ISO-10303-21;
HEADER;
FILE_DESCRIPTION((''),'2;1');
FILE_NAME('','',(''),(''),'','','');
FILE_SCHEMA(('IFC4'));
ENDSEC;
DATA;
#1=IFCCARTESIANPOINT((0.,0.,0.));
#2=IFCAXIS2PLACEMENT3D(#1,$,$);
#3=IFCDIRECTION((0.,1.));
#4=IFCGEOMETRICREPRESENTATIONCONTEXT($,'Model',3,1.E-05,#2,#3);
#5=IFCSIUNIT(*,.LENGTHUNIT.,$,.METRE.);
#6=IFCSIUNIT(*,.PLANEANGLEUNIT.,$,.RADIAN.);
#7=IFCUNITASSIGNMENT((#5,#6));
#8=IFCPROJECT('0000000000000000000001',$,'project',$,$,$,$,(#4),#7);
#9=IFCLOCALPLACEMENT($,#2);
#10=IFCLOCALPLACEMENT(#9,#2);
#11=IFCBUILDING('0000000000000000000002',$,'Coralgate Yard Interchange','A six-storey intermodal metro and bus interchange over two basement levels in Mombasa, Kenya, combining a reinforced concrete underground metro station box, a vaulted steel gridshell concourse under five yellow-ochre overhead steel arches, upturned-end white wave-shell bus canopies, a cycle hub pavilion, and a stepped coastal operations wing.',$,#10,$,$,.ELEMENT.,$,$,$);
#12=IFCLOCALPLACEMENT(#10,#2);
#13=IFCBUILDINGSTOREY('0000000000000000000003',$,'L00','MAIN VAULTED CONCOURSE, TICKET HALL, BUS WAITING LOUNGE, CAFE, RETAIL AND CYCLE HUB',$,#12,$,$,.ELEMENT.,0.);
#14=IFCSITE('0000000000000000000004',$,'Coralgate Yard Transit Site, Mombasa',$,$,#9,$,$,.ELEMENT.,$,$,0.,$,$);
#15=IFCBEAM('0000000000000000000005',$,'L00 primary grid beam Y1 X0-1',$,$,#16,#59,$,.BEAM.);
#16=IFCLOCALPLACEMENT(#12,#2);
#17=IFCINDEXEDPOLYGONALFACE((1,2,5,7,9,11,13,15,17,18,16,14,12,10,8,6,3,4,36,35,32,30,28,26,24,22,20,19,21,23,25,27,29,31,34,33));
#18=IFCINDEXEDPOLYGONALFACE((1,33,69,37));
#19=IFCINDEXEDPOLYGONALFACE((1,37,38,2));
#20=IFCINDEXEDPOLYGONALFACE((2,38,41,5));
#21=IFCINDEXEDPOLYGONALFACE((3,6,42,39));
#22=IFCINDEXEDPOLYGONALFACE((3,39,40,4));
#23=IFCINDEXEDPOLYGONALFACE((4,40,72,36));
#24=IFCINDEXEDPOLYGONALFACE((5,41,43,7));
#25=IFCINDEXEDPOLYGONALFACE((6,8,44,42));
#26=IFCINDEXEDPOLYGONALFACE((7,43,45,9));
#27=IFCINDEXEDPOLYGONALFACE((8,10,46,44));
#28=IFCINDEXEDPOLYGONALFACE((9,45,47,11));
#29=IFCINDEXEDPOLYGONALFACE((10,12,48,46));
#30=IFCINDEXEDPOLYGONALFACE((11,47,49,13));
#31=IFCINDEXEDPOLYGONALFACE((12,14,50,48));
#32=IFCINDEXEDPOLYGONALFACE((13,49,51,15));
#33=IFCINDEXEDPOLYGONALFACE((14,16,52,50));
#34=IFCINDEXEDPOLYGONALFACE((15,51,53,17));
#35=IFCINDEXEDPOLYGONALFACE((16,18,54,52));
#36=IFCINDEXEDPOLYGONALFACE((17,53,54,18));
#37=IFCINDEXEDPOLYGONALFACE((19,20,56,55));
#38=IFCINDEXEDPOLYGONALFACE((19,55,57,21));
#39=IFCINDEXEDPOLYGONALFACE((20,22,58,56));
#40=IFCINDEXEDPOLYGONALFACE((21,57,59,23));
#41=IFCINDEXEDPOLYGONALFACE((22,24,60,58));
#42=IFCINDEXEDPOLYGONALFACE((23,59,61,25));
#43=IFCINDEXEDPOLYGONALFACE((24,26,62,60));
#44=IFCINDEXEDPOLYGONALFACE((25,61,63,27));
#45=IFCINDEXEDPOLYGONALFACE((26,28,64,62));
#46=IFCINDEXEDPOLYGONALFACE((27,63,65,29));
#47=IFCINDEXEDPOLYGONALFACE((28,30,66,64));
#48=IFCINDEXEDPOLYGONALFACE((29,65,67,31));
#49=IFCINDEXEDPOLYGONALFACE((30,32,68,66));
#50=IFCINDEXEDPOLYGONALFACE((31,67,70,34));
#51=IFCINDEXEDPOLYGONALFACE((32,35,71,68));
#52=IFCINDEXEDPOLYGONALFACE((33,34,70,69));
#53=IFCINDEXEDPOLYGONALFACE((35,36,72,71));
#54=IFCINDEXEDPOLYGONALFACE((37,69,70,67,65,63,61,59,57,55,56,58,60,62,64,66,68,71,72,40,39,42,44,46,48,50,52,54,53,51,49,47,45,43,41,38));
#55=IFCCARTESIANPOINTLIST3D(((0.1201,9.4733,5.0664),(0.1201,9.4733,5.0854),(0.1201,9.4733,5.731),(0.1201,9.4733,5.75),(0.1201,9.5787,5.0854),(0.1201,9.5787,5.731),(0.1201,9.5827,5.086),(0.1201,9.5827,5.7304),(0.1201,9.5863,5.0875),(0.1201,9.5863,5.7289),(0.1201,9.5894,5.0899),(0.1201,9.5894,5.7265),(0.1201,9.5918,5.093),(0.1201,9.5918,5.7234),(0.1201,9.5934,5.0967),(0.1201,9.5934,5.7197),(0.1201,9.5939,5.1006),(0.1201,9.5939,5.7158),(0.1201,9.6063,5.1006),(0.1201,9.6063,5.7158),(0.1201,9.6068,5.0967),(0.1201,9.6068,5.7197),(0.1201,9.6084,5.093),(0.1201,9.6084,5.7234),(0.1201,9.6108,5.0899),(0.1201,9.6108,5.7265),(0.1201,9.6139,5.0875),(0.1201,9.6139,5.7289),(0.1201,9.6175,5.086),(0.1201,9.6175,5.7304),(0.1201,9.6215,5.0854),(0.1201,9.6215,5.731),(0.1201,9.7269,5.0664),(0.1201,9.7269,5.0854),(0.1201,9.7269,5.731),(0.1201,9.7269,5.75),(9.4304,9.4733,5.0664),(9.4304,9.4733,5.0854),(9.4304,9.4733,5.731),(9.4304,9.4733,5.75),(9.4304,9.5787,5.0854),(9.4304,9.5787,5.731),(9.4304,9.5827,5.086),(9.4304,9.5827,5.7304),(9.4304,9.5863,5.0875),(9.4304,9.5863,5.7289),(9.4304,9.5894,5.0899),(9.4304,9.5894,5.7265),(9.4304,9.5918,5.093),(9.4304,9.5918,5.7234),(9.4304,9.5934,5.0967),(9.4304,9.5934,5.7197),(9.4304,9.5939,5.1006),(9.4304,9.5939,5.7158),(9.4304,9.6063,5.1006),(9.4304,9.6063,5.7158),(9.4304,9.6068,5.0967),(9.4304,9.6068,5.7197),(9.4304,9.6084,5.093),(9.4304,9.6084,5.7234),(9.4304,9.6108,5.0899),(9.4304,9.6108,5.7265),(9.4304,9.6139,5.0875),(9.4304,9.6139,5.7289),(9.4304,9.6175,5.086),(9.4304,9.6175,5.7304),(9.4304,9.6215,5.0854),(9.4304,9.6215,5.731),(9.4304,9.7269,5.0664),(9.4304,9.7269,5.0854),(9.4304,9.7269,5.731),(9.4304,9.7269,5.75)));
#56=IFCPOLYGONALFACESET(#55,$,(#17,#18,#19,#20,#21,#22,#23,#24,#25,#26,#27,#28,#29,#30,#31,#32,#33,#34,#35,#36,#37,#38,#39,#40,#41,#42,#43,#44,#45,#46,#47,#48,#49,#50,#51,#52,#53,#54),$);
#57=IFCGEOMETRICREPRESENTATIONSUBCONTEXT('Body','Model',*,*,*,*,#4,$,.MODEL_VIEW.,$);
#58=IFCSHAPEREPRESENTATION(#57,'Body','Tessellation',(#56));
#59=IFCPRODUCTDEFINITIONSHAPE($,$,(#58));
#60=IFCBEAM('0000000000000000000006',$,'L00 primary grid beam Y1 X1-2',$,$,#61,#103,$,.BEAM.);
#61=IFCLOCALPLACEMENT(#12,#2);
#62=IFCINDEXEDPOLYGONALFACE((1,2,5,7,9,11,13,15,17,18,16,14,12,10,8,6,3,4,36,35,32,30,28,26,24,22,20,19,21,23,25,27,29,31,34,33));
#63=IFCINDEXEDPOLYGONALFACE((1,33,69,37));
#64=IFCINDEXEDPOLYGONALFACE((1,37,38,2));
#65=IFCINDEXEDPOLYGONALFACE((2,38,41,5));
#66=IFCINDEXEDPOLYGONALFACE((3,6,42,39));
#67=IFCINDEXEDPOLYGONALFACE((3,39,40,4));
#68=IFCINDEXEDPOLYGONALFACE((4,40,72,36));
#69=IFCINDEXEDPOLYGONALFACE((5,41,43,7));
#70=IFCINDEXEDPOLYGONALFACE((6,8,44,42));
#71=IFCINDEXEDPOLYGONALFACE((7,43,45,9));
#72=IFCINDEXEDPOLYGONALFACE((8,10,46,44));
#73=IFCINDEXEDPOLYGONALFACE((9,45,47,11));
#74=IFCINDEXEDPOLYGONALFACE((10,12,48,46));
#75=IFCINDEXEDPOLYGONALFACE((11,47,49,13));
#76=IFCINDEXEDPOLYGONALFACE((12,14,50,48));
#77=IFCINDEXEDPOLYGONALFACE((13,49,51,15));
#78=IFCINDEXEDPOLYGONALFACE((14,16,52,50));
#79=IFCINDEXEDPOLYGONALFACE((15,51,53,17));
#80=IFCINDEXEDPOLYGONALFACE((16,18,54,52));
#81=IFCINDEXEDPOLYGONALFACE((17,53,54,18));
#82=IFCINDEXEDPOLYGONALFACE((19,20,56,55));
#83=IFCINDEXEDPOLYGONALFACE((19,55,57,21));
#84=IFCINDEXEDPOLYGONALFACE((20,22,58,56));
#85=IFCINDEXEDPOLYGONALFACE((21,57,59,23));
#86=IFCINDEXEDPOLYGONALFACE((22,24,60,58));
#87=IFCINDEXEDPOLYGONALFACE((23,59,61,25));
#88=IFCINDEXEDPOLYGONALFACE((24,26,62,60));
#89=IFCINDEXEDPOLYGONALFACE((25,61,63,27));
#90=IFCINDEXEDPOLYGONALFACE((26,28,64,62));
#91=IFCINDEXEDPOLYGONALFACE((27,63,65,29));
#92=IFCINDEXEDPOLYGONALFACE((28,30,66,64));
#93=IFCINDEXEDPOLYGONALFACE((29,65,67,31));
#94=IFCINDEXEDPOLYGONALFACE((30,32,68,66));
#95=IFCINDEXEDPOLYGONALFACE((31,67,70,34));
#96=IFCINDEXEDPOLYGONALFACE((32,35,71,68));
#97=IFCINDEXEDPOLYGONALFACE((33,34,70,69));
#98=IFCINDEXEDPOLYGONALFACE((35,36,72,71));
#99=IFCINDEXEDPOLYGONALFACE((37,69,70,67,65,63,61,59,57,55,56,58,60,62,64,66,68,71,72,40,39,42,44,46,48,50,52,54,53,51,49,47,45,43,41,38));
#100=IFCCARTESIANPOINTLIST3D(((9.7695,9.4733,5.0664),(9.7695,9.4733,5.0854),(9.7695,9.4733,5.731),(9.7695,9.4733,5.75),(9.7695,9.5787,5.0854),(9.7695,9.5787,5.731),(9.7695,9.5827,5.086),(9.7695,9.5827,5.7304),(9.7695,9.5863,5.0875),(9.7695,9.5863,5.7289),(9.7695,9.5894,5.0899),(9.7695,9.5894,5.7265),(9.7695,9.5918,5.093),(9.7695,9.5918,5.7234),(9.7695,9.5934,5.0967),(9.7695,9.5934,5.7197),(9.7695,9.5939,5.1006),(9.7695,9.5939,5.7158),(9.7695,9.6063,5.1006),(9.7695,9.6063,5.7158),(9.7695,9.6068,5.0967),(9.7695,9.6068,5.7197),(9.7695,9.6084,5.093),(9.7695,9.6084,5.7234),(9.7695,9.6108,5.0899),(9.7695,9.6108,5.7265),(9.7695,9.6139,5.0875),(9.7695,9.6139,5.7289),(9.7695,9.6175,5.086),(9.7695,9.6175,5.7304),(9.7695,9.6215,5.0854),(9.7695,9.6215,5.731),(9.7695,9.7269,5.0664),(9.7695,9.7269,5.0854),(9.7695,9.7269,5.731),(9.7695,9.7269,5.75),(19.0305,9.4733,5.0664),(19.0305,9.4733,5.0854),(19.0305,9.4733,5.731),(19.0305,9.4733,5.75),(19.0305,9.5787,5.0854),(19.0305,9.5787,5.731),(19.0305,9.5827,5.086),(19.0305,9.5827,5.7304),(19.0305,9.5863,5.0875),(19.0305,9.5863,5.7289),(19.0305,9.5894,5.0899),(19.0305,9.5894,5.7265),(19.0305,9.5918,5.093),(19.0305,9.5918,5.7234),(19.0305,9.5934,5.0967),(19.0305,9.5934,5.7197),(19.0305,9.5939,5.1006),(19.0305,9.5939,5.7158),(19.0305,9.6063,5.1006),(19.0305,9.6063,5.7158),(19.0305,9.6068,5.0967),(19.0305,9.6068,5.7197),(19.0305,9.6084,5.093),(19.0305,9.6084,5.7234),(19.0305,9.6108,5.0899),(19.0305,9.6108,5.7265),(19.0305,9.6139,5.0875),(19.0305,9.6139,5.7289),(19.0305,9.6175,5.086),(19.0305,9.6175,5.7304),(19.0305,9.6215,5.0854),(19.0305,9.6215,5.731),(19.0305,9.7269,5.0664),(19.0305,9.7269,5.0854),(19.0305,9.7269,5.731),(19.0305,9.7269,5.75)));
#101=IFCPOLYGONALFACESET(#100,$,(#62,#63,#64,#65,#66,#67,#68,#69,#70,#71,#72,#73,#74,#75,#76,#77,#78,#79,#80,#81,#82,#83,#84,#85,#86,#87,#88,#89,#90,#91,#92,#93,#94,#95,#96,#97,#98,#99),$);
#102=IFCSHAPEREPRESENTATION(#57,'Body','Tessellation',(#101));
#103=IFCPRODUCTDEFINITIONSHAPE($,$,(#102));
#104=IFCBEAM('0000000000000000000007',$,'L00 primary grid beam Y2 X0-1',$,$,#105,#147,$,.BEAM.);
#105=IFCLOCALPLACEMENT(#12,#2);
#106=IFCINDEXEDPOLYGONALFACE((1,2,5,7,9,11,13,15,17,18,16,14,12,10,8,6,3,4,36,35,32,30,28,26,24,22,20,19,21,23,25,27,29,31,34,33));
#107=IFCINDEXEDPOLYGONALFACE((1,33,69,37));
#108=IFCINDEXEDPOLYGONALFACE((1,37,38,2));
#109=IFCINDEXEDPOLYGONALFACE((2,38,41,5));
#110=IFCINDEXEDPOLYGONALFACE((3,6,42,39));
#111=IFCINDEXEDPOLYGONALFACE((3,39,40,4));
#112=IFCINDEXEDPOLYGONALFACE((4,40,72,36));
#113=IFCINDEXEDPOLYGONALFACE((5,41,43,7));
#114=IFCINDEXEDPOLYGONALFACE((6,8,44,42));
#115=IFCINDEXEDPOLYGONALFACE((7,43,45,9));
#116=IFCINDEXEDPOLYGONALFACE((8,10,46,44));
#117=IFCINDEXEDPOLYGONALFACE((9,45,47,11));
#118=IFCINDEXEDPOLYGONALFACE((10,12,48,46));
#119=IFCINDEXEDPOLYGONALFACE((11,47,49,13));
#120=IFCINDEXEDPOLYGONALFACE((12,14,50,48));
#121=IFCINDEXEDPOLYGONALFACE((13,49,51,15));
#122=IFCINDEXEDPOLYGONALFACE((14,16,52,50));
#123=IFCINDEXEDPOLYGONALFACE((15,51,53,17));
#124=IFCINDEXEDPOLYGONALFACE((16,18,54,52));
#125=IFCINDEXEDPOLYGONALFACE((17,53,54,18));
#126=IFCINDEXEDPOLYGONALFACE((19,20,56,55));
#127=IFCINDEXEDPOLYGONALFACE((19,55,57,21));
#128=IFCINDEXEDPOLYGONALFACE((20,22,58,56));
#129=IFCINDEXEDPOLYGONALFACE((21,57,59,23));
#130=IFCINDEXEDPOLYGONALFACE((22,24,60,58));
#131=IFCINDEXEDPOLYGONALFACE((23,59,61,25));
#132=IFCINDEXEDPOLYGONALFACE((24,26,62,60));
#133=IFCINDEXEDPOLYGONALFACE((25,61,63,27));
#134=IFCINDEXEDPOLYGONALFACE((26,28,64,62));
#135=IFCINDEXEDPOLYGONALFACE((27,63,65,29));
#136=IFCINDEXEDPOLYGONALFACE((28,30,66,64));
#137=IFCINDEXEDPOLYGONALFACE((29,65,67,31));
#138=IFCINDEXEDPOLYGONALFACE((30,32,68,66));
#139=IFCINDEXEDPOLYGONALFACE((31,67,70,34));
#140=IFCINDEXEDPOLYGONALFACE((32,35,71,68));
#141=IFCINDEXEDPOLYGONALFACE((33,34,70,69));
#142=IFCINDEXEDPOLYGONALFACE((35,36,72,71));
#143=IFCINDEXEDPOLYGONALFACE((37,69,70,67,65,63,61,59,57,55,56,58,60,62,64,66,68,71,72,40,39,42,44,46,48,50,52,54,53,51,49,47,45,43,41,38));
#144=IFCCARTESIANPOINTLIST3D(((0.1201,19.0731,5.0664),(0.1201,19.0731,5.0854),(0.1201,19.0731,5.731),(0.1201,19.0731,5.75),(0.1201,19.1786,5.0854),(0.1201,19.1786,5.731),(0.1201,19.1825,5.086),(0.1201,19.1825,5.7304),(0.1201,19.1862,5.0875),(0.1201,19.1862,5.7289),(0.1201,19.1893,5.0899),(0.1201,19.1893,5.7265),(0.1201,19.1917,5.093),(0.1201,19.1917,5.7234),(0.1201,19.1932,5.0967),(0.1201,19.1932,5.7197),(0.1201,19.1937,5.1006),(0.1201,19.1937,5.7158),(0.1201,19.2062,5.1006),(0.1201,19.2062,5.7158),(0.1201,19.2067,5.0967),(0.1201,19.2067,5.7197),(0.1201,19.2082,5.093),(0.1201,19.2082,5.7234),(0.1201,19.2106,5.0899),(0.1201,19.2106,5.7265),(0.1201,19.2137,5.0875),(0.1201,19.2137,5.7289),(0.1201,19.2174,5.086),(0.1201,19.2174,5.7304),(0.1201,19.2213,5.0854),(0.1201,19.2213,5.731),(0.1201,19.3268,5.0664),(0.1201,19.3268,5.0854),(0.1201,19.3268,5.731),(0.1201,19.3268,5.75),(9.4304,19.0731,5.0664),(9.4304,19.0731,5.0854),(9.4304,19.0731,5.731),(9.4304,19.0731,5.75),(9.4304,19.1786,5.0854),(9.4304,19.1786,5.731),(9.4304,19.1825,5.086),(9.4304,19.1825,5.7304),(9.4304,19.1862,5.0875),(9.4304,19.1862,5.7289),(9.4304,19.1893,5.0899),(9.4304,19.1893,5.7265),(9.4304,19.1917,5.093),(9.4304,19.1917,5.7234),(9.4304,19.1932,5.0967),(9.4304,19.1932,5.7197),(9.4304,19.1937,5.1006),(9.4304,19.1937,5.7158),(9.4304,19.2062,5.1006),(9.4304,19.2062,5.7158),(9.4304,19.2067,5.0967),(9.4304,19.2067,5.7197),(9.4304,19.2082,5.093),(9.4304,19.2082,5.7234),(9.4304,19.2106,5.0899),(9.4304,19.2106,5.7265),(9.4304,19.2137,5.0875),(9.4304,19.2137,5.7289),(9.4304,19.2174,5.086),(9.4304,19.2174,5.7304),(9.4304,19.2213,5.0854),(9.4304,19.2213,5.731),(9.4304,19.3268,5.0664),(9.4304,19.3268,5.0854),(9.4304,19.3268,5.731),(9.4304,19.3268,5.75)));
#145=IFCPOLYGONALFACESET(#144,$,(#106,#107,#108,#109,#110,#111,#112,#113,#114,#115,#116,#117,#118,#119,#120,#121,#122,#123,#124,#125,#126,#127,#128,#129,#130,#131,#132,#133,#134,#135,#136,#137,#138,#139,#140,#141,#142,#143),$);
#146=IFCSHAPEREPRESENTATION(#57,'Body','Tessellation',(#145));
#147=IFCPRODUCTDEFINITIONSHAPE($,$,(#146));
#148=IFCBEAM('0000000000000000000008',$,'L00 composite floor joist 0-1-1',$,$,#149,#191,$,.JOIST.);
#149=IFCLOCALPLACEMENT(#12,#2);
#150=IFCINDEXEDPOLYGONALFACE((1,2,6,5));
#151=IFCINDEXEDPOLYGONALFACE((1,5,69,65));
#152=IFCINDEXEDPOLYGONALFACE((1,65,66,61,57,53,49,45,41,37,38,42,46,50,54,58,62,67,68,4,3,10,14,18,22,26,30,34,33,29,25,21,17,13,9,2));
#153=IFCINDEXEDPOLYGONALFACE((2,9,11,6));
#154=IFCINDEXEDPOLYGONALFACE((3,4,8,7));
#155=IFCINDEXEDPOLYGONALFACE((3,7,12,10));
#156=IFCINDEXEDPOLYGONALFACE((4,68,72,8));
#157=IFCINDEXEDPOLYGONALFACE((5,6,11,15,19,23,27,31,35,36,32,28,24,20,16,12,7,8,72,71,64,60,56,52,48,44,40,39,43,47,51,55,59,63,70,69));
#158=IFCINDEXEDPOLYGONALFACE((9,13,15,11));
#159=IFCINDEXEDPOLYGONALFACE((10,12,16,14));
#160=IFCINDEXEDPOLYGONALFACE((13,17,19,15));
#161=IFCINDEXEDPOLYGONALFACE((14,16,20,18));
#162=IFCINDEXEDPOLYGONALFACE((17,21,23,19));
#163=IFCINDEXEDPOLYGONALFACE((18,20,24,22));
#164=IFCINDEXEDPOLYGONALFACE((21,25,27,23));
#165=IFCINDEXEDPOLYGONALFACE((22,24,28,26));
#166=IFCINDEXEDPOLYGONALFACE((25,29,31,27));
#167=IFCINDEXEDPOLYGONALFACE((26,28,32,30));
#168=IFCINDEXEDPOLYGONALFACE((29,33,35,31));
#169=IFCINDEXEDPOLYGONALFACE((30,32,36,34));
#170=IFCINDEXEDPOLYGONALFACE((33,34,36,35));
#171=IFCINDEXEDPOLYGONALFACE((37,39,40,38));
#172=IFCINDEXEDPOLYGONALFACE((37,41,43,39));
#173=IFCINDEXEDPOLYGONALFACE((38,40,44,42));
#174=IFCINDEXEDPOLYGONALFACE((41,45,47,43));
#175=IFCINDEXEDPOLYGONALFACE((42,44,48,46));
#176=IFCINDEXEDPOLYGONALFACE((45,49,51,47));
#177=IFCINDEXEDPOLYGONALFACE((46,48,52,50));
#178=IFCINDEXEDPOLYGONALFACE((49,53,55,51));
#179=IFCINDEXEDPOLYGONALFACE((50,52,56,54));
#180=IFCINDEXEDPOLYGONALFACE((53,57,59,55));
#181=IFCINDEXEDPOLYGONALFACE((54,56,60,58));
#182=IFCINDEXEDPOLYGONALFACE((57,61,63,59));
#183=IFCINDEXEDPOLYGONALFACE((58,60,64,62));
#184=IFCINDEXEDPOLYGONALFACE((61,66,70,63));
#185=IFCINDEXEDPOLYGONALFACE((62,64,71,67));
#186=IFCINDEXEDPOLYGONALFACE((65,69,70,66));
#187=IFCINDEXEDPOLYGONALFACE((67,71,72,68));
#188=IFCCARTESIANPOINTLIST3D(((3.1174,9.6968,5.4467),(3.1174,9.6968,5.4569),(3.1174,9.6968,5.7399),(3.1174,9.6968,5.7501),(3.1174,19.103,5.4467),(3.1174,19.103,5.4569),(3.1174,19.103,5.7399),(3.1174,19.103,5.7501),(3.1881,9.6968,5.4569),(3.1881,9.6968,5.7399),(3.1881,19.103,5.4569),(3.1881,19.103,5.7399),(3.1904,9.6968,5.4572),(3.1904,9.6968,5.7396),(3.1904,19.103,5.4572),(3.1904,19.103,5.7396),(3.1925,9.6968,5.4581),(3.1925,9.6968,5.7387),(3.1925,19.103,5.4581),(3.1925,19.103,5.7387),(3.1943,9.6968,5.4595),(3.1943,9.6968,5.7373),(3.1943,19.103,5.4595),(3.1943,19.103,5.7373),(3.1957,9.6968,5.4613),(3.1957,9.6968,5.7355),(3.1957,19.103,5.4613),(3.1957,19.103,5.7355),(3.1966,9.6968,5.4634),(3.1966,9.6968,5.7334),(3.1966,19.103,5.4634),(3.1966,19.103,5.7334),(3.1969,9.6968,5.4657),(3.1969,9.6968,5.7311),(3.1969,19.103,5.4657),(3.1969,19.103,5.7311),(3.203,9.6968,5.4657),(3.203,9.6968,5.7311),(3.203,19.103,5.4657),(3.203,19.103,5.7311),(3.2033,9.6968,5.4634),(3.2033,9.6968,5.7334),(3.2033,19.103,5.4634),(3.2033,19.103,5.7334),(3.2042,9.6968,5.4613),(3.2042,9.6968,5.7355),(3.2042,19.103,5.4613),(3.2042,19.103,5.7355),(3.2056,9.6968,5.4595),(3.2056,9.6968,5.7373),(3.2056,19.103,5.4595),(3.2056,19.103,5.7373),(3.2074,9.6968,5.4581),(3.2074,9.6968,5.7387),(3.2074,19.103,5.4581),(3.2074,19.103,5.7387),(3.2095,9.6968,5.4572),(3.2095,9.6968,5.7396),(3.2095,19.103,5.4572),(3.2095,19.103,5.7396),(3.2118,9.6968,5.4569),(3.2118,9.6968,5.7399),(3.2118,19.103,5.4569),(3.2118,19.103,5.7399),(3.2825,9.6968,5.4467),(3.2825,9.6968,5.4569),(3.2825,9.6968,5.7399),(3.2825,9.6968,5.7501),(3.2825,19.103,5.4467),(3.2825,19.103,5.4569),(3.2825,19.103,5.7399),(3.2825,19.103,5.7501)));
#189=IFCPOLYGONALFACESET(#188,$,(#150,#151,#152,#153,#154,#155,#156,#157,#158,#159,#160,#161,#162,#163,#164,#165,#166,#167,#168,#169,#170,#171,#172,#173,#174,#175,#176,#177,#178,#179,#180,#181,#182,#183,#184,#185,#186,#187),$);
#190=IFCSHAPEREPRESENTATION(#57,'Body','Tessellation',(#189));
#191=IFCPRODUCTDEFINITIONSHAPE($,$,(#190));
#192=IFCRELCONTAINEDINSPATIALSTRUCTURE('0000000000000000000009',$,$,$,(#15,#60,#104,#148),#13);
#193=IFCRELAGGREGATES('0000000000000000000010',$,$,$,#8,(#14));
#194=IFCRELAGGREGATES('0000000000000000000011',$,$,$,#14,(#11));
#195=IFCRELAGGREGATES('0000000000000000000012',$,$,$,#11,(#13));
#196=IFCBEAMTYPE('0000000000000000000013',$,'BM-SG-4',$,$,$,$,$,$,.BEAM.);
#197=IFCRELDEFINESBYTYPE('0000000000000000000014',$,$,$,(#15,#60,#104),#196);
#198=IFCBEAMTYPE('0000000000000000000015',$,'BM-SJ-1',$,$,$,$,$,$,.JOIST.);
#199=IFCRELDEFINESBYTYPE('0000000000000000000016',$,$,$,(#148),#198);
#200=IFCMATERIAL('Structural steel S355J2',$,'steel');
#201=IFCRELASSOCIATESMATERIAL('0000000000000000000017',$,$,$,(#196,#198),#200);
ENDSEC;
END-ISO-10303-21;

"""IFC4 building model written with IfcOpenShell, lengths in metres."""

from ifc_helpers import new_model, si_unit, direction, frame, origin, origin_2d, place, context, subcontext, project, spatial, i_section, extrude, material, material_profile, profile_set, type_object, element, save


model = new_model("IFC4")

# Units and contexts
model_context = context("Model", 3, precision=1e-05, world=origin(), true_north=direction((0.0, 1.0)))
body_context = subcontext(model_context, "Body", "Model", "MODEL_VIEW")
ifc_project = project(units=[si_unit("LENGTHUNIT", "METRE"), si_unit("PLANEANGLEUNIT", "RADIAN")], contexts=[model_context])

# Site, building, storey
site_placement = place(None, origin())
site = spatial("IfcSite", under=ifc_project, at=site_placement, Name="Coralgate Yard Transit Site, Mombasa", CompositionType="ELEMENT", RefElevation=0.0)
building_placement = place(site_placement, origin())
building = spatial("IfcBuilding", under=site, at=building_placement, Name="Coralgate Yard Interchange", Description="A six-storey intermodal metro and bus interchange over two basement levels in Mombasa, Kenya, combining a reinforced concrete underground metro station box, a vaulted steel gridshell concourse under five yellow-ochre overhead steel arches, upturned-end white wave-shell bus canopies, a cycle hub pavilion, and a stepped coastal operations wing.", CompositionType="ELEMENT")
storey_placement = place(building_placement, origin())
storey = spatial("IfcBuildingStorey", under=building, at=storey_placement, Name="L00", Description="MAIN VAULTED CONCOURSE, TICKET HALL, BUS WAITING LOUNGE, CAFE, RETAIL AND CYCLE HUB", CompositionType="ELEMENT", Elevation=0.0)

# Shared definitions
ifc_material_1 = material(Name="Structural steel S355J2", Category="steel")

# Beams
ifc_material_profile_1 = material_profile(ifc_material_1, i_section(OverallWidth=0.2537, OverallDepth=0.6836, WebThickness=0.0125, FlangeThickness=0.019, FilletRadius=0.0151, at=origin_2d()), Name="UB 686x254x140")
ifc_profile_set_1 = profile_set([ifc_material_profile_1], Name="Structural steel S355J2")
beam_type_1 = type_object("IfcBeamType", Name="BM-SG-4", PredefinedType="BEAM", material=ifc_profile_set_1)
beam_1_placement = place(storey_placement, frame((0.1201, 9.6001, 5.4082), z_axis=(1.0, 0.0, 0.0), x_axis=(0.0, 1.0, 0.0)))
element("IfcBeam", 1, at=beam_1_placement, inside=storey, type_object=beam_type_1, Name="L00 primary grid beam Y1 X0-1", PredefinedType="BEAM", context=body_context, shape_type="SweptSolid", body=[
    extrude(i_section(OverallWidth=0.2537, OverallDepth=0.6836, WebThickness=0.0125, FlangeThickness=0.019, FilletRadius=0.0151, at=origin_2d()), origin(), (0.0, 0.0, 1.0), 9.3103),
])
beam_2_placement = place(storey_placement, frame((9.7695, 9.6001, 5.4082), z_axis=(1.0, 0.0, 0.0), x_axis=(0.0, 1.0, 0.0)))
element("IfcBeam", 2, at=beam_2_placement, inside=storey, type_object=beam_type_1, Name="L00 primary grid beam Y1 X1-2", PredefinedType="BEAM", context=body_context, shape_type="SweptSolid", body=[
    extrude(i_section(OverallWidth=0.2537, OverallDepth=0.6836, WebThickness=0.0125, FlangeThickness=0.019, FilletRadius=0.0151, at=origin_2d()), origin(), (0.0, 0.0, 1.0), 9.261),
])
beam_3_placement = place(storey_placement, frame((0.1201, 19.2, 5.4082), z_axis=(1.0, 0.0, 0.0), x_axis=(0.0, 1.0, 0.0)))
element("IfcBeam", 3, at=beam_3_placement, inside=storey, type_object=beam_type_1, Name="L00 primary grid beam Y2 X0-1", PredefinedType="BEAM", context=body_context, shape_type="SweptSolid", body=[
    extrude(i_section(OverallWidth=0.2537, OverallDepth=0.6836, WebThickness=0.0125, FlangeThickness=0.019, FilletRadius=0.0151, at=origin_2d()), origin(), (0.0, 0.0, 1.0), 9.3103),
])
ifc_material_profile_2 = material_profile(ifc_material_1, i_section(OverallWidth=0.165, OverallDepth=0.3035, WebThickness=0.0061, FlangeThickness=0.0103, FilletRadius=0.0088, at=origin_2d()), Name="UB 305x165x40")
ifc_profile_set_2 = profile_set([ifc_material_profile_2], Name="Structural steel S355J2")
beam_type_2 = type_object("IfcBeamType", Name="BM-SJ-1", PredefinedType="JOIST", material=ifc_profile_set_2)
for number, where, z_axis, x_axis, name in (
    (4, (3.2, 9.6968, 5.5984), (0.0, 1.0, 0.0), (-1.0, 0.0, 0.0), "L00 composite floor joist 0-1-1"),
):
    element("IfcBeam", number, at=place(storey_placement, frame(where, z_axis=z_axis, x_axis=x_axis)), inside=storey, type_object=beam_type_2, Name=name, PredefinedType="JOIST", context=body_context, shape_type="SweptSolid", body=[
        extrude(i_section(OverallWidth=0.165, OverallDepth=0.3035, WebThickness=0.0061, FlangeThickness=0.0103, FilletRadius=0.0088, at=origin_2d()), origin(), (0.0, 0.0, 1.0), 9.4062),
    ])

save(model, "model.ifc")
